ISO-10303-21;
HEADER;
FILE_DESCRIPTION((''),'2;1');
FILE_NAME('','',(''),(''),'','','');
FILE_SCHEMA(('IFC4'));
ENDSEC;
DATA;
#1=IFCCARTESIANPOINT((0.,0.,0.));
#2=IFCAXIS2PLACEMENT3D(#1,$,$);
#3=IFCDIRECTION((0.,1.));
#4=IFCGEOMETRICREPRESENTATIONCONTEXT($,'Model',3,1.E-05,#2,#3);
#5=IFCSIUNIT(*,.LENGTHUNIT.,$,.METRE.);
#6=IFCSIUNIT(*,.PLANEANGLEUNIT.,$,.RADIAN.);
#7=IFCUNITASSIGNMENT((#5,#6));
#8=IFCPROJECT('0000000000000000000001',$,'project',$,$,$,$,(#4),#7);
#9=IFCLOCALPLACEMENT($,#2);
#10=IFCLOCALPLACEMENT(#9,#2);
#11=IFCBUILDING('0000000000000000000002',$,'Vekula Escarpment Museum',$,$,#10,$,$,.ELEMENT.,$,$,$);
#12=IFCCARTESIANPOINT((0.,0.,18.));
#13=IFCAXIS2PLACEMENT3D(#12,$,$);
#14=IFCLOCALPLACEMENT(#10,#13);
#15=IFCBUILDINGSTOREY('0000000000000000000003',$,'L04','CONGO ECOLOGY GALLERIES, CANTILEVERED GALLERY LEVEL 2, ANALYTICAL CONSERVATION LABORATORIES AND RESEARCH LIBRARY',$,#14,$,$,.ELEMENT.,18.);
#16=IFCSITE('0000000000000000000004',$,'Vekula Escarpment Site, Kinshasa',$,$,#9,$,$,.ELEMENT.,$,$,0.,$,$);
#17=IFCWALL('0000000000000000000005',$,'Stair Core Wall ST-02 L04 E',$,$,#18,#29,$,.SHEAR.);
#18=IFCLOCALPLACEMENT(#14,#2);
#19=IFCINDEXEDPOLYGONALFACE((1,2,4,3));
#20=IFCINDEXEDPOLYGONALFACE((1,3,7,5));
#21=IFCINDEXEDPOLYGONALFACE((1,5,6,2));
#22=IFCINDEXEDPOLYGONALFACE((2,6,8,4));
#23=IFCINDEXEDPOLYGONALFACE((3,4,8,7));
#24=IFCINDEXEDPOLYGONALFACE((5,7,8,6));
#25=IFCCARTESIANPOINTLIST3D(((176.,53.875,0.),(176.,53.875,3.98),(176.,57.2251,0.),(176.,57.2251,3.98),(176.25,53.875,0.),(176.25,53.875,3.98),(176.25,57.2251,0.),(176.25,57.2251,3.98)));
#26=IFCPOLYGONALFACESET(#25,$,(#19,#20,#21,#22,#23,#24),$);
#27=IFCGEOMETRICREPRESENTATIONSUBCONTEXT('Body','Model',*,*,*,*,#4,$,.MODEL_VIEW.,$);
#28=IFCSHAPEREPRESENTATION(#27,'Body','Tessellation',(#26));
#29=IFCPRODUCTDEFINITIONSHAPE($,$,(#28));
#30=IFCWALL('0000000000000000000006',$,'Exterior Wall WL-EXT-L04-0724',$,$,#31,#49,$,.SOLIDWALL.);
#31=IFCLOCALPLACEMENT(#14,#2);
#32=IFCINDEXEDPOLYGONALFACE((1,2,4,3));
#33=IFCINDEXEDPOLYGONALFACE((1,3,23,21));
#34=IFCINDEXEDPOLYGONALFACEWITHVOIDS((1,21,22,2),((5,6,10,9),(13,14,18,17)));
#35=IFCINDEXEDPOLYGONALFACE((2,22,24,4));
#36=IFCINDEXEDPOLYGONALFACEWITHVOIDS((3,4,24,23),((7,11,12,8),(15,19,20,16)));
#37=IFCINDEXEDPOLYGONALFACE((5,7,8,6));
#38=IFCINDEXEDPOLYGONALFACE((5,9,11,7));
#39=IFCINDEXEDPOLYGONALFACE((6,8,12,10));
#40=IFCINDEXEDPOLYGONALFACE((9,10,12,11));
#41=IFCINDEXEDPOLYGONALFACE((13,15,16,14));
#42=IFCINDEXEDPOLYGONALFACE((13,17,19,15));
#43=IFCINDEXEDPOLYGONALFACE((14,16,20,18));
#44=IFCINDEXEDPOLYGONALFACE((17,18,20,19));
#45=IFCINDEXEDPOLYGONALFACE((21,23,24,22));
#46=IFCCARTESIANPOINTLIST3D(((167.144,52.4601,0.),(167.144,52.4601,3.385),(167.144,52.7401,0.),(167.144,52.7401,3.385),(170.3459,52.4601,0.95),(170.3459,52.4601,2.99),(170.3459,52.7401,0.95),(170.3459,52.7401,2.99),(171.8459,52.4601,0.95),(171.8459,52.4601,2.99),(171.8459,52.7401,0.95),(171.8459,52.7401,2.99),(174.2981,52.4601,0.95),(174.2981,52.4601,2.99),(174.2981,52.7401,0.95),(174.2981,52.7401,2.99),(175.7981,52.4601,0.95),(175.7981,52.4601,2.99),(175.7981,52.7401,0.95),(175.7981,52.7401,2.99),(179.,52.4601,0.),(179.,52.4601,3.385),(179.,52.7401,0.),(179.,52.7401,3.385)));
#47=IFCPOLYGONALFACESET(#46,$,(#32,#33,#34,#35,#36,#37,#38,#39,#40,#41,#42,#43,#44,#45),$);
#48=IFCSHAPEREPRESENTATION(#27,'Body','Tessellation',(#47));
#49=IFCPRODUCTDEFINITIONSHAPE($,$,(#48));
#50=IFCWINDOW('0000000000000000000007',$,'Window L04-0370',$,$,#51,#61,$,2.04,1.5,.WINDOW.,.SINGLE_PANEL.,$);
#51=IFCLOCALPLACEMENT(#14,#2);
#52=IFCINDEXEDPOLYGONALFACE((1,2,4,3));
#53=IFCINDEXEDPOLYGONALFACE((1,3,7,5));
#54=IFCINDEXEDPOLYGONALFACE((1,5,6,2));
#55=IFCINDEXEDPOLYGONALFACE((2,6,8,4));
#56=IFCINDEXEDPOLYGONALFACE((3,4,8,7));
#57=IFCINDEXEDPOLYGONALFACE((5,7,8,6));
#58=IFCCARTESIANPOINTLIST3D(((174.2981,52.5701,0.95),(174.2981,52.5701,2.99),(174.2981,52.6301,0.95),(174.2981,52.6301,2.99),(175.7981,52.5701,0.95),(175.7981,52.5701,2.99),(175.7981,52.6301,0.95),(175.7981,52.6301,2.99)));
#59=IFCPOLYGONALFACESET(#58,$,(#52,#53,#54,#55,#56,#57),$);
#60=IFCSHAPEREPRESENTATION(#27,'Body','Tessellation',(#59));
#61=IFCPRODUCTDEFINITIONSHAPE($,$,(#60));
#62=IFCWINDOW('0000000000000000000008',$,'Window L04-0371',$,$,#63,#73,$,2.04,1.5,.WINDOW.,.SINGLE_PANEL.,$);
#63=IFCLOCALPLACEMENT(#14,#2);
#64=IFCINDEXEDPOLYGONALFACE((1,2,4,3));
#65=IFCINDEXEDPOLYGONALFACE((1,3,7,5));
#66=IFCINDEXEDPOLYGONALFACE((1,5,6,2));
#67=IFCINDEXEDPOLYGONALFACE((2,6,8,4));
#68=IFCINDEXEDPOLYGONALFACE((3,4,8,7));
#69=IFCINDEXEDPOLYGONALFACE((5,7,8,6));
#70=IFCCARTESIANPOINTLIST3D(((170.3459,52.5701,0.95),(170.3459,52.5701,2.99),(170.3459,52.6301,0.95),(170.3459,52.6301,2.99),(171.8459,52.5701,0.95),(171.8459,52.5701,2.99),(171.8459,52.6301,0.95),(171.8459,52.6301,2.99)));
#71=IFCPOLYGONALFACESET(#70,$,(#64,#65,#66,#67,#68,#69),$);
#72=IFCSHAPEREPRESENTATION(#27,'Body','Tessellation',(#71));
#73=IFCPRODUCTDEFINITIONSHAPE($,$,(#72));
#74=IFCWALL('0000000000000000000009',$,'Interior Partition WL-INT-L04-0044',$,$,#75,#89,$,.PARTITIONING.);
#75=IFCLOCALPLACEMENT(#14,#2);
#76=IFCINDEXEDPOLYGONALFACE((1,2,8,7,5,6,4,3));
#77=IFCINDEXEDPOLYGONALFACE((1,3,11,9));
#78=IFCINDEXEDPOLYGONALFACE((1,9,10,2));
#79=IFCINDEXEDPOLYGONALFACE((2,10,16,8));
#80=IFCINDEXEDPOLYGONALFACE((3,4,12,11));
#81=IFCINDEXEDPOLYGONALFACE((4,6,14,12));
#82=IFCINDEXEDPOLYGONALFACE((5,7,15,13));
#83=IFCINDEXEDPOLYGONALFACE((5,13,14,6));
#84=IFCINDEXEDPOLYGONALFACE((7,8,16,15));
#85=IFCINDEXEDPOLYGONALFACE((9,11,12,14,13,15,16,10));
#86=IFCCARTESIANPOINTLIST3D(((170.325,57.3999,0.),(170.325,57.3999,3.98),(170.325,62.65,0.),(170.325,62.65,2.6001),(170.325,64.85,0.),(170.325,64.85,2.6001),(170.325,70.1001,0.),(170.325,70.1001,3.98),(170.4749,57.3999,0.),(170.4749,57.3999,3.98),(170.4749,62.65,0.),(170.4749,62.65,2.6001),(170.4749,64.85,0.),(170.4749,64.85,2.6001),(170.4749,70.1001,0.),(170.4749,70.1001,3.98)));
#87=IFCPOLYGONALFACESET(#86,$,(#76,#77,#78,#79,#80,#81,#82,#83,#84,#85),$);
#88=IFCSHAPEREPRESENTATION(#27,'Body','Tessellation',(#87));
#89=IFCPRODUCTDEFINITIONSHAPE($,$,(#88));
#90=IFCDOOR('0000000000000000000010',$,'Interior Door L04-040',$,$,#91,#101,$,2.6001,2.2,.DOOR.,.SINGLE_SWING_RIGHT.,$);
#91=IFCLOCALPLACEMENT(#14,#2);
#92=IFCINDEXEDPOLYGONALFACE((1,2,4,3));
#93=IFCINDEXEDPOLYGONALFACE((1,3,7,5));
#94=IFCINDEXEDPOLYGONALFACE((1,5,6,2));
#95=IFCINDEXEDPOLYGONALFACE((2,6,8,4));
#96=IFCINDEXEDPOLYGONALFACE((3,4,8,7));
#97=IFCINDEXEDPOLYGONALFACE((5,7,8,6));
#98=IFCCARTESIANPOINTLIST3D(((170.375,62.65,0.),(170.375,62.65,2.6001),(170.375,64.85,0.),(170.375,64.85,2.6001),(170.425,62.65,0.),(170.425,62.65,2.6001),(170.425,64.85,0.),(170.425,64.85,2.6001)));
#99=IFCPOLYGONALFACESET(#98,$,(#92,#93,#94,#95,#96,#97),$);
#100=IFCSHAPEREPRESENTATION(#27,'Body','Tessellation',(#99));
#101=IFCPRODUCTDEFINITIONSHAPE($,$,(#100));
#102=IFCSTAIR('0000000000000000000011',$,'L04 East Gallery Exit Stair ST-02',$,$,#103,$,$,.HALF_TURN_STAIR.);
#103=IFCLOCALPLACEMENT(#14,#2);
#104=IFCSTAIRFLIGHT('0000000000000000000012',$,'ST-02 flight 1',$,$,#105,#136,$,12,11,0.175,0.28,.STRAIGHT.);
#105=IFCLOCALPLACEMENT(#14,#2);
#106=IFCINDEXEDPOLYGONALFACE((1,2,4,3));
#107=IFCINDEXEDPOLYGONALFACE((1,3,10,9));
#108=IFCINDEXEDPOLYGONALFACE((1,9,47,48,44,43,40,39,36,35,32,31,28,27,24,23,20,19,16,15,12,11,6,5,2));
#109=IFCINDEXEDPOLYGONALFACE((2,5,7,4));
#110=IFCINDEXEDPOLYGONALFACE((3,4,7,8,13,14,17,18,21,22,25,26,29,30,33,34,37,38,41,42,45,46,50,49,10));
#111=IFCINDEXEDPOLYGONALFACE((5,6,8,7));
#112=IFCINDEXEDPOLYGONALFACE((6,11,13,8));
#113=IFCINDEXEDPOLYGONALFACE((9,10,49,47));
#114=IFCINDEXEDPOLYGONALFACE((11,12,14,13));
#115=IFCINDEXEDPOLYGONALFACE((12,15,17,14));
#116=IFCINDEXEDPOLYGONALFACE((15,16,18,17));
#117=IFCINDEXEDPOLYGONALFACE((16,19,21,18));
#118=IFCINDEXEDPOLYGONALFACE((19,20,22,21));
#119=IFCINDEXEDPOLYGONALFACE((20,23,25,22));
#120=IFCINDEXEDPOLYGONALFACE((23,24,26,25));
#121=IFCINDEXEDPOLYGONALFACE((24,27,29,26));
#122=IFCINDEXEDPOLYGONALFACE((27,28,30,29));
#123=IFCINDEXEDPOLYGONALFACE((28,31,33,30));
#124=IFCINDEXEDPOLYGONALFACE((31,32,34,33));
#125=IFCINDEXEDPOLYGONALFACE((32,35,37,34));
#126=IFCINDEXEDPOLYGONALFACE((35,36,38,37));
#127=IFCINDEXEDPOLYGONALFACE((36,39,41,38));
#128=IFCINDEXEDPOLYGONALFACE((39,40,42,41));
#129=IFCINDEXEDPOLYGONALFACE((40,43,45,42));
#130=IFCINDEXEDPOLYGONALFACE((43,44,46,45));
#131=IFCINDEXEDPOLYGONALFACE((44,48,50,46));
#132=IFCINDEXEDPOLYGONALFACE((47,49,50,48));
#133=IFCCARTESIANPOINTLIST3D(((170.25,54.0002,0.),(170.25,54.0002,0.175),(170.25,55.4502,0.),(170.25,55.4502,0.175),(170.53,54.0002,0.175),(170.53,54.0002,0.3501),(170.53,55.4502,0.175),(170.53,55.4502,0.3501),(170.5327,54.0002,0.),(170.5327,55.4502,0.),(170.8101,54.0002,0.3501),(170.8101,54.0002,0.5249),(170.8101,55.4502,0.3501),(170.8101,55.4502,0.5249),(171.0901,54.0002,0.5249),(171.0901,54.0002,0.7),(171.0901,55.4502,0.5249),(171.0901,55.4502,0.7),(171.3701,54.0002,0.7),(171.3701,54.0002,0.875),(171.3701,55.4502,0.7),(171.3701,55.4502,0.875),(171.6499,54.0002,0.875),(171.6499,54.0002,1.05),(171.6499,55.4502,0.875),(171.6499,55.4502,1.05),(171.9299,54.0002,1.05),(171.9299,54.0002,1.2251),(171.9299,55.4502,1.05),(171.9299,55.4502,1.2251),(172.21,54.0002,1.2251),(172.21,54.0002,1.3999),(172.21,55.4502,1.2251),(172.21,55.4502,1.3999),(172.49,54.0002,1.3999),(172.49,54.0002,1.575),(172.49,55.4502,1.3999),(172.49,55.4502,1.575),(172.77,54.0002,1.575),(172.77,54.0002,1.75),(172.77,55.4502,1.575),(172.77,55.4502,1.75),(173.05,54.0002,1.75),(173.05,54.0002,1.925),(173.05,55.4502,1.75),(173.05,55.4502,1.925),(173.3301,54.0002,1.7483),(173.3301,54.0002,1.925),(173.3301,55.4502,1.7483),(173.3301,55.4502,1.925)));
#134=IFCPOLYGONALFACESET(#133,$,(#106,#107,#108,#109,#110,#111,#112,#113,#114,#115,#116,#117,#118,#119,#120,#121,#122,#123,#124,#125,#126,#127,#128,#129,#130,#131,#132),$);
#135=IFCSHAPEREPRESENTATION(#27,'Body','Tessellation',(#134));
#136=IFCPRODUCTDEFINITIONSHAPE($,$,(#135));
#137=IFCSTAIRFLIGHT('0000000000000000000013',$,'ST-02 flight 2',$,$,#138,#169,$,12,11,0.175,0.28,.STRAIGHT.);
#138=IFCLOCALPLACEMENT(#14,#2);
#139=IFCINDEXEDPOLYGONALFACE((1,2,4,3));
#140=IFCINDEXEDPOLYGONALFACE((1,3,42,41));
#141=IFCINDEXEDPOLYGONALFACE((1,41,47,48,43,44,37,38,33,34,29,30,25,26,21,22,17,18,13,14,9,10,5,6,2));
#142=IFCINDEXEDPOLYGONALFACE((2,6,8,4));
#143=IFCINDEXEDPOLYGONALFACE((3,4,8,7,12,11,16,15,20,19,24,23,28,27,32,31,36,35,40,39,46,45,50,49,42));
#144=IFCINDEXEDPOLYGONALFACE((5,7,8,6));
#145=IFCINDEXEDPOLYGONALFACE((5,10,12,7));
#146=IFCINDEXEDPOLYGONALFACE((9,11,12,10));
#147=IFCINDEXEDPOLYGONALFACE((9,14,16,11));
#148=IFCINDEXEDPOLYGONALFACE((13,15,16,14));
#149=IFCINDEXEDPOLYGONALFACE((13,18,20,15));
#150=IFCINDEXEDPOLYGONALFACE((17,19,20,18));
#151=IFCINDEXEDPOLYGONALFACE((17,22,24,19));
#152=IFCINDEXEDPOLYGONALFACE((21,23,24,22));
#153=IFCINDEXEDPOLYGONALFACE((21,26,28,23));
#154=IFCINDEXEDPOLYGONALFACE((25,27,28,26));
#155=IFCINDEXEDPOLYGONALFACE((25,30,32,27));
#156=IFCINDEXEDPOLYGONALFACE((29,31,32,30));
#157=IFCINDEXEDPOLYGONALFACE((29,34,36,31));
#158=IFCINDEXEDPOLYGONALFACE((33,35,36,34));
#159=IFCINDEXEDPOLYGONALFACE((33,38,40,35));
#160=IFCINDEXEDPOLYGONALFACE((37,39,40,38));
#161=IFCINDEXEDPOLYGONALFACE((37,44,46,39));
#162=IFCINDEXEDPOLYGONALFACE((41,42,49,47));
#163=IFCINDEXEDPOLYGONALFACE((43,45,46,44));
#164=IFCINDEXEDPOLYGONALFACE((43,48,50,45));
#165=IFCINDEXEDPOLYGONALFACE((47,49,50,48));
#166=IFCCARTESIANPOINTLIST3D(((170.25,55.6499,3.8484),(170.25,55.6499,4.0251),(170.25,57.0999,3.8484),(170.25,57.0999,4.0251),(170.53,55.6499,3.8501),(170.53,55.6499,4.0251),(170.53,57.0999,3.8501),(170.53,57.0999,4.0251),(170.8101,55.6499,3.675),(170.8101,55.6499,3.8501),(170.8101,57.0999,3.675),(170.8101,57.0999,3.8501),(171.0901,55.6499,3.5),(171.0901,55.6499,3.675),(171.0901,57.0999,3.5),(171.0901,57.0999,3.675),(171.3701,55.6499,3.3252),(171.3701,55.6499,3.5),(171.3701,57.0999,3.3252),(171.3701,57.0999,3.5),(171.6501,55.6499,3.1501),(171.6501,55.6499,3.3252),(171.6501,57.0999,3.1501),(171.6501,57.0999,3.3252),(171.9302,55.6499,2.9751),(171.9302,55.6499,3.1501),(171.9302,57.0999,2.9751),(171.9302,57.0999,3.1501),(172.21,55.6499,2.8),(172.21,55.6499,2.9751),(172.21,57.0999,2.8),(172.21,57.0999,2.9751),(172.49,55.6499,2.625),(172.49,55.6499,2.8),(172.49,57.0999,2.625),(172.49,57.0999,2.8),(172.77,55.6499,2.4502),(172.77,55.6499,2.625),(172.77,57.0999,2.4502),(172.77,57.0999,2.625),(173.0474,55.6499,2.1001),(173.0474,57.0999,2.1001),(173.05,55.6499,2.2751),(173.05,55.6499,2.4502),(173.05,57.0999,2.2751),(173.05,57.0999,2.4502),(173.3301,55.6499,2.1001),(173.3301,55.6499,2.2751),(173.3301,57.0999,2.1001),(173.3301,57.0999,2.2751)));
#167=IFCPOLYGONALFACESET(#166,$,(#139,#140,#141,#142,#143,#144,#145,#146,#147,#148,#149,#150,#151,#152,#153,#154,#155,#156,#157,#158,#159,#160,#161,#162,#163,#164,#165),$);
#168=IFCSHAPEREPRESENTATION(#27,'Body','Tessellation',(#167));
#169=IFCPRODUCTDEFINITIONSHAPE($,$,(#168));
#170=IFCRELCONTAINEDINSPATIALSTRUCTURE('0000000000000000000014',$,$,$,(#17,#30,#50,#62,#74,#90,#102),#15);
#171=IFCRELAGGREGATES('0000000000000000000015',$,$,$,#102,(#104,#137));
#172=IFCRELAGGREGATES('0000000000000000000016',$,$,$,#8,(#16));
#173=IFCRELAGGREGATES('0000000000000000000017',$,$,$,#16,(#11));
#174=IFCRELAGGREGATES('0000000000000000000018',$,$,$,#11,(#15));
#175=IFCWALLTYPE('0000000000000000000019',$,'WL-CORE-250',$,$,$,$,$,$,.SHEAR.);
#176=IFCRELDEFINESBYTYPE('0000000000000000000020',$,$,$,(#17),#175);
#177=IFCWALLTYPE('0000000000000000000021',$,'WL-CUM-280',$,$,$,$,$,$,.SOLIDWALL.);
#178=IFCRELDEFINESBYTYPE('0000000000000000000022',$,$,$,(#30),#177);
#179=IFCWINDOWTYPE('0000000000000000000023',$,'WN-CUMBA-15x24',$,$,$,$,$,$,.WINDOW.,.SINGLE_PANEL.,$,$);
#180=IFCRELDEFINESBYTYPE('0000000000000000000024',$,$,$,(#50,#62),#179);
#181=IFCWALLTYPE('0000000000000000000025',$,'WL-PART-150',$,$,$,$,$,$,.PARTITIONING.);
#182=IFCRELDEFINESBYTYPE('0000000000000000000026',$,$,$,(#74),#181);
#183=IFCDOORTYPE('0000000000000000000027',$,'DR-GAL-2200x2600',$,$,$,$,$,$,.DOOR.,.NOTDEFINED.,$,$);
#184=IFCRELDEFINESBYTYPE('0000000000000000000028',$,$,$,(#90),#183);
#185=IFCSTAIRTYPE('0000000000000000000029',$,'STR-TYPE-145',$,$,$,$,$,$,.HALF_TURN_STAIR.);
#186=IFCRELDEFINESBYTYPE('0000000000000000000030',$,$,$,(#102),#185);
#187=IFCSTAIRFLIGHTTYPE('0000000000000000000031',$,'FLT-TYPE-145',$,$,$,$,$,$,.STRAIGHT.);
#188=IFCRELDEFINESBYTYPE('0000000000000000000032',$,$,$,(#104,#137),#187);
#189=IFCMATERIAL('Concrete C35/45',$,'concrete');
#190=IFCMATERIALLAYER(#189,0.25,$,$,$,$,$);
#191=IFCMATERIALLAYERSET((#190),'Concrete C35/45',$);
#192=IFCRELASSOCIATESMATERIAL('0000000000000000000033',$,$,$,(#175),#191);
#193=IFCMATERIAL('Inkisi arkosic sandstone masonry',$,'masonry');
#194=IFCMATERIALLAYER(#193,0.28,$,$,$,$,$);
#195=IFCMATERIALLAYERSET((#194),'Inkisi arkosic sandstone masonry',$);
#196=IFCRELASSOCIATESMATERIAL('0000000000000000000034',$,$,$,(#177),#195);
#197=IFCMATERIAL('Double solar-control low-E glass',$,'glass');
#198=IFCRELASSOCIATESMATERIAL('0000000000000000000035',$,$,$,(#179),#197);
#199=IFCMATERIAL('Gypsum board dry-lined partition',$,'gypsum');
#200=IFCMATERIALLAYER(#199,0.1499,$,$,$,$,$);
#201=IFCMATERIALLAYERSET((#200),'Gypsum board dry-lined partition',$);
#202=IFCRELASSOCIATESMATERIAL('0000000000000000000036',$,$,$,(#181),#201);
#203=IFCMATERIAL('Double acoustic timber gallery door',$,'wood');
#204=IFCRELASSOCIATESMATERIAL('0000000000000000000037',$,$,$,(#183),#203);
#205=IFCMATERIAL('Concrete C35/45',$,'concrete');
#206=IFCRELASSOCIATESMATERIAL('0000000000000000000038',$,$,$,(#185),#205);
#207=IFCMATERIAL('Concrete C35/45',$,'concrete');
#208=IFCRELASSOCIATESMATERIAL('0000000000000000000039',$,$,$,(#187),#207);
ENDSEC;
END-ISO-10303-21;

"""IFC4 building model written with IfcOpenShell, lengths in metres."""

from ifc_helpers import new_model, si_unit, direction, frame, frame_2d, origin, place, context, subcontext, project, spatial, polyline, rectangle, outline, extrude, material, layer, layer_set, type_object, element, fill, aggregate, save


model = new_model("IFC4")

# Units and contexts
model_context = context("Model", 3, precision=1e-05, world=origin(), true_north=direction((0.0, 1.0)))
body_context = subcontext(model_context, "Body", "Model", "MODEL_VIEW")
ifc_project = project(units=[si_unit("LENGTHUNIT", "METRE"), si_unit("PLANEANGLEUNIT", "RADIAN")], contexts=[model_context])

# Site, building, storey
site_placement = place(None, origin())
site = spatial("IfcSite", under=ifc_project, at=site_placement, Name="Vekula Escarpment Site, Kinshasa", CompositionType="ELEMENT", RefElevation=0.0)
building_placement = place(site_placement, origin())
building = spatial("IfcBuilding", under=site, at=building_placement, Name="Vekula Escarpment Museum", CompositionType="ELEMENT")
storey_placement = place(building_placement, frame((0.0, 0.0, 18.0)))
storey = spatial("IfcBuildingStorey", under=building, at=storey_placement, Name="L04", Description="CONGO ECOLOGY GALLERIES, CANTILEVERED GALLERY LEVEL 2, ANALYTICAL CONSERVATION LABORATORIES AND RESEARCH LIBRARY", CompositionType="ELEMENT", Elevation=18.0)

# Wall
ifc_material_1 = material(Name="Concrete C35/45", Category="concrete")
ifc_layer_1 = layer(ifc_material_1, 0.25)
ifc_layer_set_1 = layer_set([ifc_layer_1], Name="Concrete C35/45")
wall_type_1 = type_object("IfcWallType", Name="WL-CORE-250", PredefinedType="SHEAR", material=ifc_layer_set_1)
wall_1_placement = place(storey_placement, frame((176.125, 53.875, 0.0), z_axis=(0.0, 0.0, 1.0), x_axis=(0.0, 1.0, 0.0)))
element("IfcWall", 1, at=wall_1_placement, inside=storey, type_object=wall_type_1, Name="Stair Core Wall ST-02 L04 E", PredefinedType="SHEAR", context=body_context, shape_type="SweptSolid", body=[
    extrude(rectangle(XDim=3.3501, YDim=0.25, at=frame_2d((1.675, 0.0))), origin(), (0.0, 0.0, 1.0), 3.98),
])

# Wall, openings, windows
ifc_material_2 = material(Name="Inkisi arkosic sandstone masonry", Category="masonry")
ifc_layer_2 = layer(ifc_material_2, 0.28)
ifc_layer_set_2 = layer_set([ifc_layer_2], Name="Inkisi arkosic sandstone masonry")
wall_type_2 = type_object("IfcWallType", Name="WL-CUM-280", PredefinedType="SOLIDWALL", material=ifc_layer_set_2)
wall_2_placement = place(storey_placement, frame((179.0, 52.6001, 0.0), z_axis=(0.0, 0.0, 1.0), x_axis=(-1.0, 0.0, 0.0)))
wall_2 = element("IfcWall", 2, at=wall_2_placement, inside=storey, type_object=wall_type_2, Name="Exterior Wall WL-EXT-L04-0724", PredefinedType="SOLIDWALL", context=body_context, shape_type="SweptSolid", body=[
    extrude(rectangle(XDim=11.856, YDim=0.28, at=frame_2d((5.928, 0.0))), origin(), (0.0, 0.0, 1.0), 3.385),
])
opening_1_placement = place(wall_2_placement, frame((3.2019, 0.0, 0.95)))
opening_1 = element("IfcOpeningElement", 3, at=opening_1_placement, cuts=wall_2, PredefinedType="OPENING", context=body_context, shape_type="SweptSolid", body=[
    extrude(rectangle(XDim=1.5, YDim=2.04, at=frame_2d((0.75, 1.02))), frame((0.0, 0.1499, 0.0), z_axis=(0.0, -1.0, 0.0), x_axis=(1.0, 0.0, 0.0)), (0.0, 0.0, 1.0), 0.3),
])
opening_2_placement = place(wall_2_placement, frame((7.1541, 0.0, 0.95)))
opening_2 = element("IfcOpeningElement", 4, at=opening_2_placement, cuts=wall_2, PredefinedType="OPENING", context=body_context, shape_type="SweptSolid", body=[
    extrude(rectangle(XDim=1.5, YDim=2.04, at=frame_2d((0.75, 1.02))), frame((0.0, 0.1499, 0.0), z_axis=(0.0, -1.0, 0.0), x_axis=(1.0, 0.0, 0.0)), (0.0, 0.0, 1.0), 0.3),
])
ifc_material_3 = material(Name="Double solar-control low-E glass", Category="glass")
window_type = type_object("IfcWindowType", Name="WN-CUMBA-15x24", PartitioningType="SINGLE_PANEL", PredefinedType="WINDOW", material=ifc_material_3)
window_1_placement = place(opening_1_placement, origin())
window_1 = element("IfcWindow", 5, at=window_1_placement, inside=storey, type_object=window_type, Name="Window L04-0370", OverallHeight=2.04, OverallWidth=1.5, PartitioningType="SINGLE_PANEL", PredefinedType="WINDOW", context=body_context, shape_type="SweptSolid", body=[
    extrude(rectangle(XDim=1.5, YDim=2.04, at=frame_2d((0.75, 1.02))), frame((0.0, 0.03, 0.0), z_axis=(0.0, -1.0, 0.0), x_axis=(1.0, 0.0, 0.0)), (0.0, 0.0, 1.0), 0.0601),
])
fill(opening_1, window_1)
window_2_placement = place(opening_2_placement, origin())
window_2 = element("IfcWindow", 6, at=window_2_placement, inside=storey, type_object=window_type, Name="Window L04-0371", OverallHeight=2.04, OverallWidth=1.5, PartitioningType="SINGLE_PANEL", PredefinedType="WINDOW", context=body_context, shape_type="SweptSolid", body=[
    extrude(rectangle(XDim=1.5, YDim=2.04, at=frame_2d((0.75, 1.02))), frame((0.0, 0.03, 0.0), z_axis=(0.0, -1.0, 0.0), x_axis=(1.0, 0.0, 0.0)), (0.0, 0.0, 1.0), 0.0601),
])
fill(opening_2, window_2)

# Wall, opening, door
ifc_material_4 = material(Name="Gypsum board dry-lined partition", Category="gypsum")
ifc_layer_3 = layer(ifc_material_4, 0.1499)
ifc_layer_set_3 = layer_set([ifc_layer_3], Name="Gypsum board dry-lined partition")
wall_type_3 = type_object("IfcWallType", Name="WL-PART-150", PredefinedType="PARTITIONING", material=ifc_layer_set_3)
wall_3_placement = place(storey_placement, frame((170.3999, 57.3999, 0.0), z_axis=(0.0, 0.0, 1.0), x_axis=(0.0, 1.0, 0.0)))
wall_3 = element("IfcWall", 7, at=wall_3_placement, inside=storey, type_object=wall_type_3, Name="Interior Partition WL-INT-L04-0044", PredefinedType="PARTITIONING", context=body_context, shape_type="SweptSolid", body=[
    extrude(rectangle(XDim=12.7002, YDim=0.1499, at=frame_2d((6.3501, 0.0))), origin(), (0.0, 0.0, 1.0), 3.98),
])
opening_3_placement = place(wall_3_placement, frame((5.25, 0.0, 0.0)))
opening_3 = element("IfcOpeningElement", 8, at=opening_3_placement, cuts=wall_3, PredefinedType="OPENING", context=body_context, shape_type="SweptSolid", body=[
    extrude(rectangle(XDim=2.2, YDim=2.6001, at=frame_2d((1.1001, 1.3))), frame((0.0, 0.085, 0.0), z_axis=(0.0, -1.0, 0.0), x_axis=(1.0, 0.0, 0.0)), (0.0, 0.0, 1.0), 0.1699),
])
ifc_material_5 = material(Name="Double acoustic timber gallery door", Category="wood")
door_type = type_object("IfcDoorType", Name="DR-GAL-2200x2600", OperationType="NOTDEFINED", PredefinedType="DOOR", material=ifc_material_5)
door_placement = place(opening_3_placement, origin())
door = element("IfcDoor", 9, at=door_placement, inside=storey, type_object=door_type, Name="Interior Door L04-040", OperationType="SINGLE_SWING_RIGHT", OverallHeight=2.6001, OverallWidth=2.2, PredefinedType="DOOR", context=body_context, shape_type="SweptSolid", body=[
    extrude(rectangle(XDim=2.2, YDim=2.6001, at=frame_2d((1.1001, 1.3))), frame((0.0, 0.0249, 0.0), z_axis=(0.0, -1.0, 0.0), x_axis=(1.0, 0.0, 0.0)), (0.0, 0.0, 1.0), 0.05),
])
fill(opening_3, door)

# Stair, stair flights
ifc_material_6 = material(Name="Concrete C35/45", Category="concrete")
stair_type = type_object("IfcStairType", Name="STR-TYPE-145", PredefinedType="HALF_TURN_STAIR", material=ifc_material_6)
stair_placement = place(storey_placement, origin())
stair = element("IfcStair", 10, at=stair_placement, inside=storey, type_object=stair_type, Name="L04 East Gallery Exit Stair ST-02", PredefinedType="HALF_TURN_STAIR")
ifc_material_7 = material(Name="Concrete C35/45", Category="concrete")
stair_flight_type = type_object("IfcStairFlightType", Name="FLT-TYPE-145", PredefinedType="STRAIGHT", material=ifc_material_7)
stair_flight_1_placement = place(storey_placement, frame((170.25, 54.7251, 0.0), z_axis=(0.0, 0.0, 1.0), x_axis=(1.0, 0.0, 0.0)))
stair_flight_1 = element("IfcStairFlight", 11, at=stair_flight_1_placement, type_object=stair_flight_type, Name="ST-02 flight 1", NumberOfRisers=12, NumberOfTreads=11, PredefinedType="STRAIGHT", RiserHeight=0.175, TreadLength=0.28, context=body_context, shape_type="SweptSolid", body=[
    extrude(outline(polyline([(0.0, 0.0), (0.0, 0.175), (0.28, 0.175), (0.28, 0.3501), (0.5601, 0.3501), (0.5601, 0.5249), (0.8401, 0.5249), (0.8401, 0.7), (1.1201, 0.7), (1.1201, 0.875), (1.3999, 0.875), (1.3999, 1.05), (1.6799, 1.05), (1.6799, 1.2251), (1.96, 1.2251), (1.96, 1.3999), (2.24, 1.3999), (2.24, 1.575), (2.52, 1.575), (2.52, 1.75), (2.8, 1.75), (2.8, 1.925), (3.0801, 1.925), (3.0801, 2.1001), (3.0801, 1.7483), (0.2827, 0.0), (0.0, 0.0)])), frame((0.0, 0.7251, 0.0), z_axis=(0.0, -1.0, 0.0), x_axis=(1.0, 0.0, 0.0)), (0.0, 0.0, 1.0), 1.45),
])
stair_flight_2_placement = place(storey_placement, frame((173.3301, 56.375, 2.1001), z_axis=(0.0, 0.0, 1.0), x_axis=(-1.0, 0.0, 0.0)))
stair_flight_2 = element("IfcStairFlight", 12, at=stair_flight_2_placement, type_object=stair_flight_type, Name="ST-02 flight 2", NumberOfRisers=12, NumberOfTreads=11, PredefinedType="STRAIGHT", RiserHeight=0.175, TreadLength=0.28, context=body_context, shape_type="SweptSolid", body=[
    extrude(outline(polyline([(0.0, 0.0), (0.0, 0.175), (0.28, 0.175), (0.28, 0.3501), (0.5601, 0.3501), (0.5601, 0.5249), (0.8401, 0.5249), (0.8401, 0.7), (1.1201, 0.7), (1.1201, 0.875), (1.3999, 0.875), (1.3999, 1.05), (1.6799, 1.05), (1.6799, 1.2251), (1.96, 1.2251), (1.96, 1.3999), (2.24, 1.3999), (2.24, 1.575), (2.52, 1.575), (2.52, 1.75), (2.8, 1.75), (2.8, 1.925), (3.0801, 1.925), (3.0801, 2.1001), (3.0801, 1.7483), (0.2827, 0.0), (0.0, 0.0)])), frame((0.0, 0.7251, 0.0), z_axis=(0.0, -1.0, 0.0), x_axis=(1.0, 0.0, 0.0)), (0.0, 0.0, 1.0), 1.45),
])
aggregate(stair, [stair_flight_1, stair_flight_2])

save(model, "model.ifc")
